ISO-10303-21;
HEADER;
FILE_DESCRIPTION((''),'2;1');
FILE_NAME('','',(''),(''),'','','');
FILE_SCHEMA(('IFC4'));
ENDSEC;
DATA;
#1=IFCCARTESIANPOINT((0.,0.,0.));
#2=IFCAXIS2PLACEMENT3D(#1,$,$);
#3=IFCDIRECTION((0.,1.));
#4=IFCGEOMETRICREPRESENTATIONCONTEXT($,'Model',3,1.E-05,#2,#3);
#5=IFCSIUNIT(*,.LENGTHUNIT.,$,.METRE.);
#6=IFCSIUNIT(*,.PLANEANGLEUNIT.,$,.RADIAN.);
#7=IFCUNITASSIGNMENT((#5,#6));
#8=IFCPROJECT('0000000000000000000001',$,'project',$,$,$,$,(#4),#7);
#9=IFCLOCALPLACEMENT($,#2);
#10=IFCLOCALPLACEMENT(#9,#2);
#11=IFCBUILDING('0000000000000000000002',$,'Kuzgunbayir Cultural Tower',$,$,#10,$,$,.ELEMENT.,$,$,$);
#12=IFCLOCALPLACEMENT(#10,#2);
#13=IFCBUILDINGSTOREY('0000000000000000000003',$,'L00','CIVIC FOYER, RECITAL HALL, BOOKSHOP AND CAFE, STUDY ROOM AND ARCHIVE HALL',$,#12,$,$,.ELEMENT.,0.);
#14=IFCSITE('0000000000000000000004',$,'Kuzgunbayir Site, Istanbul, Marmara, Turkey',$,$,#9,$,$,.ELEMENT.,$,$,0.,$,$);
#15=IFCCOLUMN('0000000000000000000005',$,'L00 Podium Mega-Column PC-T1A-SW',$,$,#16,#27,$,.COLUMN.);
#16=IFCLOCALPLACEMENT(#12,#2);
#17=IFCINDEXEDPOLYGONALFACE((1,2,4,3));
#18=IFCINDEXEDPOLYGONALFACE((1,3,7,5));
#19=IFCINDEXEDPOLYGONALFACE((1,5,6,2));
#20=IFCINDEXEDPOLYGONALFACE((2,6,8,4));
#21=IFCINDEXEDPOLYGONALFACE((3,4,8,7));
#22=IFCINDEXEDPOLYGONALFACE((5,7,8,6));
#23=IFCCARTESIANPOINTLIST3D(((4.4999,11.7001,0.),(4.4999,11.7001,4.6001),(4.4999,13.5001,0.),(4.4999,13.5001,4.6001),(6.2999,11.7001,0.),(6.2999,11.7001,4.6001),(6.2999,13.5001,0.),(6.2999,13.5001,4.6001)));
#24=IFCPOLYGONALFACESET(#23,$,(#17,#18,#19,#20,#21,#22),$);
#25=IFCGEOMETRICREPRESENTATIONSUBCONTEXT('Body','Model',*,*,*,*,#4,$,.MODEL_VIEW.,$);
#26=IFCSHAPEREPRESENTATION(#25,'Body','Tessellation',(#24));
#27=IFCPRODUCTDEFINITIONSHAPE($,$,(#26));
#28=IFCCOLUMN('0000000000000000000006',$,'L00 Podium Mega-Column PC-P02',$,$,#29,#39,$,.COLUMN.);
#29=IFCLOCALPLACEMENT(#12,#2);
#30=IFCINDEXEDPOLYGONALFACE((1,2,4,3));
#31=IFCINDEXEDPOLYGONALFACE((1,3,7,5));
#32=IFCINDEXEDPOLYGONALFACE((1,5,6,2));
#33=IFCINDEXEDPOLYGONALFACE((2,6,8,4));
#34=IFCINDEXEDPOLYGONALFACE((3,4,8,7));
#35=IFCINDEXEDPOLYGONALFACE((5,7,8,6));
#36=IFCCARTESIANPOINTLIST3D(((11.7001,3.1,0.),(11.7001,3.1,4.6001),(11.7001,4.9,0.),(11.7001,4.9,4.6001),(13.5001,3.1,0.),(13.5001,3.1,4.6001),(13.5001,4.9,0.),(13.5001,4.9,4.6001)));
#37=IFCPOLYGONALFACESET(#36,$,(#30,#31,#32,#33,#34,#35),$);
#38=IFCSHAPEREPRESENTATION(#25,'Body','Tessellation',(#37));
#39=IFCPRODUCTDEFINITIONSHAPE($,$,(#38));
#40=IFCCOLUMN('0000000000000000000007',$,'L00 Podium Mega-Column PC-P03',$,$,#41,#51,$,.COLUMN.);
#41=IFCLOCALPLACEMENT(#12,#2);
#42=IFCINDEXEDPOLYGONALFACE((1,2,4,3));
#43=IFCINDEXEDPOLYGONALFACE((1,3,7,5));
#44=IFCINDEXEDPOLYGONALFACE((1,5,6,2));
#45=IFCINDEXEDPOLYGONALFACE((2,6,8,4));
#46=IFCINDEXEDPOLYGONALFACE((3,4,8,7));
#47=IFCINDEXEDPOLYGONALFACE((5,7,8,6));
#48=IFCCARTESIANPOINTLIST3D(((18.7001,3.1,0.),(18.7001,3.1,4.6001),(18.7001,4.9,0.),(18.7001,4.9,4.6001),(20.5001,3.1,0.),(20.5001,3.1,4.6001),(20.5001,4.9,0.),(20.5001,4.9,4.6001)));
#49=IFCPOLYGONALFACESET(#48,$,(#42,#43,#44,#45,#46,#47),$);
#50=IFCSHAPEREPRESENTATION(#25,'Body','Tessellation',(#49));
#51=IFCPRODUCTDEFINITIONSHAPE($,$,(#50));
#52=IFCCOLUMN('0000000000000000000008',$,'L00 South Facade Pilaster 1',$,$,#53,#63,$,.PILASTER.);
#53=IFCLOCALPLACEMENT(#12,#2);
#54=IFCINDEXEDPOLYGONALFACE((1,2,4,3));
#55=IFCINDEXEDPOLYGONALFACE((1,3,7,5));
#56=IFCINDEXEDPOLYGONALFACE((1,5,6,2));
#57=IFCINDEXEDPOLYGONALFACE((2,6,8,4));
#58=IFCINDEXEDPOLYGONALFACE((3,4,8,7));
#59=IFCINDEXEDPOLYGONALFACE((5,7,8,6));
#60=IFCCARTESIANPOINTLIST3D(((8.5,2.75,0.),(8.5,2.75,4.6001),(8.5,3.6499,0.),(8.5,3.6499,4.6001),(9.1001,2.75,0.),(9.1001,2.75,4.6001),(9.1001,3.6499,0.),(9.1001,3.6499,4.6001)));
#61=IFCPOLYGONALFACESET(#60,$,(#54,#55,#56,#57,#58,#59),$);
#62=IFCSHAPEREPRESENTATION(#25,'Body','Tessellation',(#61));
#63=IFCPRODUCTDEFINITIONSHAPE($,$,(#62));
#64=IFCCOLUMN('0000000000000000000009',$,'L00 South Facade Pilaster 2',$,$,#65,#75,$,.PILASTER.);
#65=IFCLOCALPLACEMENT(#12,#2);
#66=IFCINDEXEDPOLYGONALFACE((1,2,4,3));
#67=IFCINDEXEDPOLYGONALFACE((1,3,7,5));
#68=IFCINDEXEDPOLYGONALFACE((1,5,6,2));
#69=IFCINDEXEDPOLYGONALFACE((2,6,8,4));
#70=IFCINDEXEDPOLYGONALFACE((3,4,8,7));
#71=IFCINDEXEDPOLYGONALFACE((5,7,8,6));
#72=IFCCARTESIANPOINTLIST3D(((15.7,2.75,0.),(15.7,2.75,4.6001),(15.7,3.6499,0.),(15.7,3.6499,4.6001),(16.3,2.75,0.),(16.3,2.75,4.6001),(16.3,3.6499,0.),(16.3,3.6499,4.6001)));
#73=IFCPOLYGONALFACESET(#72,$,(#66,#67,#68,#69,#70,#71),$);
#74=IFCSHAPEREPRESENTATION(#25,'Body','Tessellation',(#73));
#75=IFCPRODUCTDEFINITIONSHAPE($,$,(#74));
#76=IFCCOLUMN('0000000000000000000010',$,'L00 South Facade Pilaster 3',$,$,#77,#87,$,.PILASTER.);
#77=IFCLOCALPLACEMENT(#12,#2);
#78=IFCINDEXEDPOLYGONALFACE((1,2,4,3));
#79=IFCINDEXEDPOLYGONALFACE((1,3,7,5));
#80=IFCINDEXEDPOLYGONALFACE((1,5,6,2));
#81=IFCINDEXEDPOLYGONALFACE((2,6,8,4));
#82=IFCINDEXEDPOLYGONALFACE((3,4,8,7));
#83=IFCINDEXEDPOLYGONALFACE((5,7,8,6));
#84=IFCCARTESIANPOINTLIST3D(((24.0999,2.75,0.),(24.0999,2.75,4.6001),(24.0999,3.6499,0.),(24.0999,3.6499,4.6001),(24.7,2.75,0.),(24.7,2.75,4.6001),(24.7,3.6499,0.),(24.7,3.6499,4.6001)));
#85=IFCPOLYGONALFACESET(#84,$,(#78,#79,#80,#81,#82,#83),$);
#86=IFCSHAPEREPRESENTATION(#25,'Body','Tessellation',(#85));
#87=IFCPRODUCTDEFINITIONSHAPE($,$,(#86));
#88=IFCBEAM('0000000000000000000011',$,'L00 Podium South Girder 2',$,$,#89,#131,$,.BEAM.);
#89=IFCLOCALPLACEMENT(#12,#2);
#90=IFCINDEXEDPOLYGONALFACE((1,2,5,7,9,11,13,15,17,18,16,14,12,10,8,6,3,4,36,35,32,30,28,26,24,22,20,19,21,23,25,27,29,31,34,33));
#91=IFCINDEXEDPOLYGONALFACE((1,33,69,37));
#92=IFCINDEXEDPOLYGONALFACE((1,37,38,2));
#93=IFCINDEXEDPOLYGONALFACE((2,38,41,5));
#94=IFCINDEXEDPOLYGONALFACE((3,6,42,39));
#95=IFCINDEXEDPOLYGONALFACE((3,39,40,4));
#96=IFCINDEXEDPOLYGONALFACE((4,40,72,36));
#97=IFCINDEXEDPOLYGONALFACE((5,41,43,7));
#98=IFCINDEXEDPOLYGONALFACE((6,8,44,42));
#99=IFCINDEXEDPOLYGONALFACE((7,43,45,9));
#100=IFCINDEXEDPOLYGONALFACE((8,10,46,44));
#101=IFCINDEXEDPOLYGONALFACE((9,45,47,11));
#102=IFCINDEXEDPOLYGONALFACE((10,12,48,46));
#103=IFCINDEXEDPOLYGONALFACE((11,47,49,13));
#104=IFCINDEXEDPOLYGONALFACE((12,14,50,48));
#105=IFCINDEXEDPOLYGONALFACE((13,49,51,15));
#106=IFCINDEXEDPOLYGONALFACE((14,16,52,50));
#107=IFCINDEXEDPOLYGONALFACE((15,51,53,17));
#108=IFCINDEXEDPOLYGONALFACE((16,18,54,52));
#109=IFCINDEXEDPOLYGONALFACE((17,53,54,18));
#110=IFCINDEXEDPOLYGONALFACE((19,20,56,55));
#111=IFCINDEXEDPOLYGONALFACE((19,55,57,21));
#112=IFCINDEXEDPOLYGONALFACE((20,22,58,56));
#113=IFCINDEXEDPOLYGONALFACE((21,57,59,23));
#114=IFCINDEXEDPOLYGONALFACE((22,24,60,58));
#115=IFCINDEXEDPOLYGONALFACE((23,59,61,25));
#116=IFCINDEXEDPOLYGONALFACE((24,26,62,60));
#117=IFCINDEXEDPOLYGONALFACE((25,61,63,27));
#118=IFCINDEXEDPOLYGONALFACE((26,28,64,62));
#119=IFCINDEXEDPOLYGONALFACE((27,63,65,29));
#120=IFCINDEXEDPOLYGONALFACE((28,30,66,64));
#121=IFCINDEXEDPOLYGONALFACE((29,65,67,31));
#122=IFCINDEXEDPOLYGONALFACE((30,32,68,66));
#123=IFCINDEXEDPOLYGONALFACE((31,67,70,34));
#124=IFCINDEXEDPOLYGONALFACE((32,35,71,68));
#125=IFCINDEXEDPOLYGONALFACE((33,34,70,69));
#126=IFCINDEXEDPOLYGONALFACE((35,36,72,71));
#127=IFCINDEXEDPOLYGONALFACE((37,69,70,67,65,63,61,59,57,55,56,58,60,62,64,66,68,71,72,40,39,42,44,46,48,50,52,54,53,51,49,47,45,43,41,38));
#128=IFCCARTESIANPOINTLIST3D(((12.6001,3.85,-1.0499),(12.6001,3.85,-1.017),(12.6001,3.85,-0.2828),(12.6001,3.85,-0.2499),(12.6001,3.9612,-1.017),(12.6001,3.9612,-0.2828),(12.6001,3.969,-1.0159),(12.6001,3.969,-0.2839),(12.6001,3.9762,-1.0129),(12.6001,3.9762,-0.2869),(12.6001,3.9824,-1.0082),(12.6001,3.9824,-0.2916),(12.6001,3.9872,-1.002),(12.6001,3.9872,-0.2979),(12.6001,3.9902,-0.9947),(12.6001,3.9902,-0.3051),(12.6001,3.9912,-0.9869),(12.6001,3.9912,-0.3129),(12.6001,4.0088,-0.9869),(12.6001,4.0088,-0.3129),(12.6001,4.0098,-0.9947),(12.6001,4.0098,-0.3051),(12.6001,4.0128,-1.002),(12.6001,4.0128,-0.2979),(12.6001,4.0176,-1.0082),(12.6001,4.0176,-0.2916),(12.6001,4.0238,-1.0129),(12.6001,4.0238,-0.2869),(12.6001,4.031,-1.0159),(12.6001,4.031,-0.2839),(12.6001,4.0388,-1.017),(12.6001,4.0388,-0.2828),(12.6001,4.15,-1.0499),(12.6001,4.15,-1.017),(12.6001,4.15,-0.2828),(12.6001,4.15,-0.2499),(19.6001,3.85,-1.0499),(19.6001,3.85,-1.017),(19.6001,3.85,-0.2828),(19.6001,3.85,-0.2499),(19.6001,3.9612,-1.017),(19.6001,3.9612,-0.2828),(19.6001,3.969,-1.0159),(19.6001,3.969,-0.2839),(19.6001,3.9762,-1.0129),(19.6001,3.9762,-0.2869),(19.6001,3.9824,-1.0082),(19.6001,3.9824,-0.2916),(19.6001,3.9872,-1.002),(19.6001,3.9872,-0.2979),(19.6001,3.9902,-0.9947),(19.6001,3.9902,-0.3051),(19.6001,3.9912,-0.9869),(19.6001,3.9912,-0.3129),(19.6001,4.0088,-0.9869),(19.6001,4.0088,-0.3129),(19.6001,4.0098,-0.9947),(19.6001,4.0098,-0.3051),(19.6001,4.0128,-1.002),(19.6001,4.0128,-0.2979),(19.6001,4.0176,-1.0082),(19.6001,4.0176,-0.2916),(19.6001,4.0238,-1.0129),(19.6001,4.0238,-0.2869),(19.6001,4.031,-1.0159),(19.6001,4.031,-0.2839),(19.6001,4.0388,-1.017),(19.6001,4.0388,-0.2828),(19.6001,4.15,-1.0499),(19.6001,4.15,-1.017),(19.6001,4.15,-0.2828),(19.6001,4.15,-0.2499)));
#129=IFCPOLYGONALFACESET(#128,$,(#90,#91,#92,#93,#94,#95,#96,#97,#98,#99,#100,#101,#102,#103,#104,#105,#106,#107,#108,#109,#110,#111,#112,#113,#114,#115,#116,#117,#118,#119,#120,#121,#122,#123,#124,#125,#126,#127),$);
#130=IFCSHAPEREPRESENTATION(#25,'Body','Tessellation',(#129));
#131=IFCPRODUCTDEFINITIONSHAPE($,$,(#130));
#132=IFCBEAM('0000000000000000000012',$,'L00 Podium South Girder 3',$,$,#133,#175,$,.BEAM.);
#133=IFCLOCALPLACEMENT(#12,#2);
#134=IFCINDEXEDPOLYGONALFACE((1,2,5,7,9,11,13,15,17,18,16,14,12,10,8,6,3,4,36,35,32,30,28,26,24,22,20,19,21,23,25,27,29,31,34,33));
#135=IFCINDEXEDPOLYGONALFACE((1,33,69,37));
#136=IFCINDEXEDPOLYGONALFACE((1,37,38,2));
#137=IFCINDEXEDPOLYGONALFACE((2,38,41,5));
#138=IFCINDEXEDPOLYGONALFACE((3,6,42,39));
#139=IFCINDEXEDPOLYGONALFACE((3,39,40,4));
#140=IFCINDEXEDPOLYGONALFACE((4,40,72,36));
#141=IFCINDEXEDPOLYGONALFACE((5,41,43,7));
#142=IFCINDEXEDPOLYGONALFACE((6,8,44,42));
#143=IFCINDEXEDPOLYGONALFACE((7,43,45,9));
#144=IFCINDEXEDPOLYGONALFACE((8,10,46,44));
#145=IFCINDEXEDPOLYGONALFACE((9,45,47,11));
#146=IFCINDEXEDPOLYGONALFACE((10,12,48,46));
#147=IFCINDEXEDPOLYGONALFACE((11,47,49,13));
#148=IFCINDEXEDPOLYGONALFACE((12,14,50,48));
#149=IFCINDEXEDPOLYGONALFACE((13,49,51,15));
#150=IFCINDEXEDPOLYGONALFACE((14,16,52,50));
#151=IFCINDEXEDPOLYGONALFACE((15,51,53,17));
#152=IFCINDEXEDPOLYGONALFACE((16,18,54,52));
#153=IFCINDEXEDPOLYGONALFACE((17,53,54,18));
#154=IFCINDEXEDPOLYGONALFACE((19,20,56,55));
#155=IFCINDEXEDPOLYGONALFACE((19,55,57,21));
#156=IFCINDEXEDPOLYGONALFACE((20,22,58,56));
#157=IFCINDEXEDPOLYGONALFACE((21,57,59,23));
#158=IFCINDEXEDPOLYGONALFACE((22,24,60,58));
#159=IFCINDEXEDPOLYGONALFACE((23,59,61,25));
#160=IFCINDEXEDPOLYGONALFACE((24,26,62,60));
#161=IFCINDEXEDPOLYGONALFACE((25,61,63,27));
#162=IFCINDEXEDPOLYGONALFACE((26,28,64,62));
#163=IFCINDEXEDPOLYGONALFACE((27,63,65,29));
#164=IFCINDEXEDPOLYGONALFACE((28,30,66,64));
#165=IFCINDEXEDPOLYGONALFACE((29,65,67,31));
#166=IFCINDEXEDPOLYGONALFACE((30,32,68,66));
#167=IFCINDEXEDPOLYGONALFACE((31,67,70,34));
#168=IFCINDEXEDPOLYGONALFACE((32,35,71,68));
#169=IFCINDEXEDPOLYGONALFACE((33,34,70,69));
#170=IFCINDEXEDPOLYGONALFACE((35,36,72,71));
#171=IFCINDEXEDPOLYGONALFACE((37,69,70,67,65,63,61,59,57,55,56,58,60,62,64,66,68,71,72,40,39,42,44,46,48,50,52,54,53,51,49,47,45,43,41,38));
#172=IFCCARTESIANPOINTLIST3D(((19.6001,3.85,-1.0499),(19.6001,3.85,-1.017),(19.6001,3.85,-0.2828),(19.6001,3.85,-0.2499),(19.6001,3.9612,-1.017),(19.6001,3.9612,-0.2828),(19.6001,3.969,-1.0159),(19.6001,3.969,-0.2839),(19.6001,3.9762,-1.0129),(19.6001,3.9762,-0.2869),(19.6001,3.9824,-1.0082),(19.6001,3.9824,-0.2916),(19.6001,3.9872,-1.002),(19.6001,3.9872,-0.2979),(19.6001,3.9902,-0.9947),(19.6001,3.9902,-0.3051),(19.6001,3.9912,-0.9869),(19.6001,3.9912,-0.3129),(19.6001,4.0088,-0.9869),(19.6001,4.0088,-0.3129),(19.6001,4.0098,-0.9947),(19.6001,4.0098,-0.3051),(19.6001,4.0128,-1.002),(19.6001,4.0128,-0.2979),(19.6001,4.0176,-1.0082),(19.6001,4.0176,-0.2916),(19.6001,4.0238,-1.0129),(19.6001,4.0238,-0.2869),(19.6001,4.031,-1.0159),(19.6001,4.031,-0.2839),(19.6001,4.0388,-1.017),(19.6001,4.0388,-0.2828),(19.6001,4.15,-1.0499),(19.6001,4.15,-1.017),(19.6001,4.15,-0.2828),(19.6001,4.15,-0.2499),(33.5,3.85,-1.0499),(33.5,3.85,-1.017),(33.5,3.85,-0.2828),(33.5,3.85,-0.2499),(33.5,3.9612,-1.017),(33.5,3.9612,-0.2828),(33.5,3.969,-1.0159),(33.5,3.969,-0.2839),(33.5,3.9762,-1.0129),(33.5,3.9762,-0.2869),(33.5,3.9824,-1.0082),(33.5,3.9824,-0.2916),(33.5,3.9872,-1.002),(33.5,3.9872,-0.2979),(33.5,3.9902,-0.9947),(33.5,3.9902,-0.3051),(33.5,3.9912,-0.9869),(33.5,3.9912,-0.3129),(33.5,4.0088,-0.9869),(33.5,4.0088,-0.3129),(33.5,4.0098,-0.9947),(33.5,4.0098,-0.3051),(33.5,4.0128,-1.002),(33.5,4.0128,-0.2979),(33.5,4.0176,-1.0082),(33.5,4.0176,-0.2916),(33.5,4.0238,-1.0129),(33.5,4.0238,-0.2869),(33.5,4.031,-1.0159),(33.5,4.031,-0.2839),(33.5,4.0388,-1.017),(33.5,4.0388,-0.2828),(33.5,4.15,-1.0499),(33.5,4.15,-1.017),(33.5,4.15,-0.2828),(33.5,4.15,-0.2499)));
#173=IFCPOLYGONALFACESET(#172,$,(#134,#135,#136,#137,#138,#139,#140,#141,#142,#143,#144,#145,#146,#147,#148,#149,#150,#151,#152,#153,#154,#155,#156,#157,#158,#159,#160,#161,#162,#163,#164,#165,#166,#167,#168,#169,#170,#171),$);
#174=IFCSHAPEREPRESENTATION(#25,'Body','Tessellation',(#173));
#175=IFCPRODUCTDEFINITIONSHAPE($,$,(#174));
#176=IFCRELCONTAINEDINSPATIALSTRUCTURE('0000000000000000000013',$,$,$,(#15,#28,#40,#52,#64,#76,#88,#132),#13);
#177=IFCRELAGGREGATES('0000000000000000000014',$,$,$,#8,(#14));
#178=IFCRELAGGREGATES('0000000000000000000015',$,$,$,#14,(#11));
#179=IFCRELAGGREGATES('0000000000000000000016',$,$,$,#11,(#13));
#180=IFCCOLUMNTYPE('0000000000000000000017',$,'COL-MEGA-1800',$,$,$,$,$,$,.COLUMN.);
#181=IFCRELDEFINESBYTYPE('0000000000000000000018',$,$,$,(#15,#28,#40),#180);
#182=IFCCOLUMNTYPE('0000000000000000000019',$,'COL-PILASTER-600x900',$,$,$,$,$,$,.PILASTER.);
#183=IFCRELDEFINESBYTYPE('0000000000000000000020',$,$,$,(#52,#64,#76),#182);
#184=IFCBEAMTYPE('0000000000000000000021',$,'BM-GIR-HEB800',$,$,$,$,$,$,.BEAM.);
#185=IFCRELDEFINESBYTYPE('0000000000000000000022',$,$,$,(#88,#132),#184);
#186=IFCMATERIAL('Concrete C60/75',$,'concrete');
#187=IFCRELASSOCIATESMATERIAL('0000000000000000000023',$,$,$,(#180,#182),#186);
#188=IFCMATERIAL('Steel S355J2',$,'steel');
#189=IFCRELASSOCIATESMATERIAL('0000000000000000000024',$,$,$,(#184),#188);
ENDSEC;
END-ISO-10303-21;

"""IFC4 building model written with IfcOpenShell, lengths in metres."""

from ifc_helpers import new_model, si_unit, direction, frame, origin, origin_2d, place, context, subcontext, project, spatial, rectangle, i_section, extrude, material, material_profile, profile_set, type_object, element, save


model = new_model("IFC4")

# Units and contexts
model_context = context("Model", 3, precision=1e-05, world=origin(), true_north=direction((0.0, 1.0)))
body_context = subcontext(model_context, "Body", "Model", "MODEL_VIEW")
ifc_project = project(units=[si_unit("LENGTHUNIT", "METRE"), si_unit("PLANEANGLEUNIT", "RADIAN")], contexts=[model_context])

# Site, building, storey
site_placement = place(None, origin())
site = spatial("IfcSite", under=ifc_project, at=site_placement, Name="Kuzgunbayir Site, Istanbul, Marmara, Turkey", CompositionType="ELEMENT", RefElevation=0.0)
building_placement = place(site_placement, origin())
building = spatial("IfcBuilding", under=site, at=building_placement, Name="Kuzgunbayir Cultural Tower", CompositionType="ELEMENT")
storey_placement = place(building_placement, origin())
storey = spatial("IfcBuildingStorey", under=building, at=storey_placement, Name="L00", Description="CIVIC FOYER, RECITAL HALL, BOOKSHOP AND CAFE, STUDY ROOM AND ARCHIVE HALL", CompositionType="ELEMENT", Elevation=0.0)

# Columns
ifc_material_1 = material(Name="Concrete C60/75", Category="concrete")
ifc_material_profile_1 = material_profile(ifc_material_1, rectangle(XDim=1.8, YDim=1.8, at=origin_2d()), Name="RC 1800x1800")
ifc_profile_set_1 = profile_set([ifc_material_profile_1], Name="Concrete C60/75")
column_type_1 = type_object("IfcColumnType", Name="COL-MEGA-1800", PredefinedType="COLUMN", material=ifc_profile_set_1)
for number, where, z_axis, x_axis, name in (
    (1, (5.3999, 12.6001, 0.0), (0.0, 0.0, 1.0), (1.0, 0.0, 0.0), "L00 Podium Mega-Column PC-T1A-SW"),
    (2, (12.6001, 4.0, 0.0), (0.0, 0.0, 1.0), (1.0, 0.0, 0.0), "L00 Podium Mega-Column PC-P02"),
    (3, (19.6001, 4.0, 0.0), (0.0, 0.0, 1.0), (1.0, 0.0, 0.0), "L00 Podium Mega-Column PC-P03"),
):
    element("IfcColumn", number, at=place(storey_placement, frame(where, z_axis=z_axis, x_axis=x_axis)), inside=storey, type_object=column_type_1, Name=name, PredefinedType="COLUMN", context=body_context, shape_type="SweptSolid", body=[
        extrude(rectangle(XDim=1.8, YDim=1.8, at=origin_2d()), origin(), (0.0, 0.0, 1.0), 4.6001),
    ])
ifc_material_profile_2 = material_profile(ifc_material_1, rectangle(XDim=0.6001, YDim=0.8999, at=origin_2d()), Name="RC 600x900")
ifc_profile_set_2 = profile_set([ifc_material_profile_2], Name="Concrete C60/75")
column_type_2 = type_object("IfcColumnType", Name="COL-PILASTER-600x900", PredefinedType="PILASTER", material=ifc_profile_set_2)
for number, where, z_axis, x_axis, name in (
    (4, (8.8, 3.2, 0.0), (0.0, 0.0, 1.0), (1.0, 0.0, 0.0), "L00 South Facade Pilaster 1"),
    (5, (16.0, 3.2, 0.0), (0.0, 0.0, 1.0), (1.0, 0.0, 0.0), "L00 South Facade Pilaster 2"),
    (6, (24.3999, 3.2, 0.0), (0.0, 0.0, 1.0), (1.0, 0.0, 0.0), "L00 South Facade Pilaster 3"),
):
    element("IfcColumn", number, at=place(storey_placement, frame(where, z_axis=z_axis, x_axis=x_axis)), inside=storey, type_object=column_type_2, Name=name, PredefinedType="PILASTER", context=body_context, shape_type="SweptSolid", body=[
        extrude(rectangle(XDim=0.6001, YDim=0.8999, at=origin_2d()), origin(), (0.0, 0.0, 1.0), 4.6001),
    ])

# Beams
ifc_material_2 = material(Name="Steel S355J2", Category="steel")
ifc_material_profile_3 = material_profile(ifc_material_2, i_section(OverallWidth=0.3, OverallDepth=0.8, WebThickness=0.0176, FlangeThickness=0.033, FilletRadius=0.03, at=origin_2d()), Name="HEB 800")
ifc_profile_set_3 = profile_set([ifc_material_profile_3], Name="Steel S355J2")
beam_type = type_object("IfcBeamType", Name="BM-GIR-HEB800", PredefinedType="BEAM", material=ifc_profile_set_3)
beam_1_placement = place(storey_placement, frame((12.6001, 4.0, -0.6499), z_axis=(1.0, 0.0, 0.0), x_axis=(0.0, 1.0, 0.0)))
element("IfcBeam", 7, at=beam_1_placement, inside=storey, type_object=beam_type, Name="L00 Podium South Girder 2", PredefinedType="BEAM", context=body_context, shape_type="SweptSolid", body=[
    extrude(i_section(OverallWidth=0.3, OverallDepth=0.8, WebThickness=0.0176, FlangeThickness=0.033, FilletRadius=0.03, at=origin_2d()), origin(), (0.0, 0.0, 1.0), 7.0),
])
beam_2_placement = place(storey_placement, frame((19.6001, 4.0, -0.6499), z_axis=(1.0, 0.0, 0.0), x_axis=(0.0, 1.0, 0.0)))
element("IfcBeam", 8, at=beam_2_placement, inside=storey, type_object=beam_type, Name="L00 Podium South Girder 3", PredefinedType="BEAM", context=body_context, shape_type="SweptSolid", body=[
    extrude(i_section(OverallWidth=0.3, OverallDepth=0.8, WebThickness=0.0176, FlangeThickness=0.033, FilletRadius=0.03, at=origin_2d()), origin(), (0.0, 0.0, 1.0), 13.8999),
])

save(model, "model.ifc")
